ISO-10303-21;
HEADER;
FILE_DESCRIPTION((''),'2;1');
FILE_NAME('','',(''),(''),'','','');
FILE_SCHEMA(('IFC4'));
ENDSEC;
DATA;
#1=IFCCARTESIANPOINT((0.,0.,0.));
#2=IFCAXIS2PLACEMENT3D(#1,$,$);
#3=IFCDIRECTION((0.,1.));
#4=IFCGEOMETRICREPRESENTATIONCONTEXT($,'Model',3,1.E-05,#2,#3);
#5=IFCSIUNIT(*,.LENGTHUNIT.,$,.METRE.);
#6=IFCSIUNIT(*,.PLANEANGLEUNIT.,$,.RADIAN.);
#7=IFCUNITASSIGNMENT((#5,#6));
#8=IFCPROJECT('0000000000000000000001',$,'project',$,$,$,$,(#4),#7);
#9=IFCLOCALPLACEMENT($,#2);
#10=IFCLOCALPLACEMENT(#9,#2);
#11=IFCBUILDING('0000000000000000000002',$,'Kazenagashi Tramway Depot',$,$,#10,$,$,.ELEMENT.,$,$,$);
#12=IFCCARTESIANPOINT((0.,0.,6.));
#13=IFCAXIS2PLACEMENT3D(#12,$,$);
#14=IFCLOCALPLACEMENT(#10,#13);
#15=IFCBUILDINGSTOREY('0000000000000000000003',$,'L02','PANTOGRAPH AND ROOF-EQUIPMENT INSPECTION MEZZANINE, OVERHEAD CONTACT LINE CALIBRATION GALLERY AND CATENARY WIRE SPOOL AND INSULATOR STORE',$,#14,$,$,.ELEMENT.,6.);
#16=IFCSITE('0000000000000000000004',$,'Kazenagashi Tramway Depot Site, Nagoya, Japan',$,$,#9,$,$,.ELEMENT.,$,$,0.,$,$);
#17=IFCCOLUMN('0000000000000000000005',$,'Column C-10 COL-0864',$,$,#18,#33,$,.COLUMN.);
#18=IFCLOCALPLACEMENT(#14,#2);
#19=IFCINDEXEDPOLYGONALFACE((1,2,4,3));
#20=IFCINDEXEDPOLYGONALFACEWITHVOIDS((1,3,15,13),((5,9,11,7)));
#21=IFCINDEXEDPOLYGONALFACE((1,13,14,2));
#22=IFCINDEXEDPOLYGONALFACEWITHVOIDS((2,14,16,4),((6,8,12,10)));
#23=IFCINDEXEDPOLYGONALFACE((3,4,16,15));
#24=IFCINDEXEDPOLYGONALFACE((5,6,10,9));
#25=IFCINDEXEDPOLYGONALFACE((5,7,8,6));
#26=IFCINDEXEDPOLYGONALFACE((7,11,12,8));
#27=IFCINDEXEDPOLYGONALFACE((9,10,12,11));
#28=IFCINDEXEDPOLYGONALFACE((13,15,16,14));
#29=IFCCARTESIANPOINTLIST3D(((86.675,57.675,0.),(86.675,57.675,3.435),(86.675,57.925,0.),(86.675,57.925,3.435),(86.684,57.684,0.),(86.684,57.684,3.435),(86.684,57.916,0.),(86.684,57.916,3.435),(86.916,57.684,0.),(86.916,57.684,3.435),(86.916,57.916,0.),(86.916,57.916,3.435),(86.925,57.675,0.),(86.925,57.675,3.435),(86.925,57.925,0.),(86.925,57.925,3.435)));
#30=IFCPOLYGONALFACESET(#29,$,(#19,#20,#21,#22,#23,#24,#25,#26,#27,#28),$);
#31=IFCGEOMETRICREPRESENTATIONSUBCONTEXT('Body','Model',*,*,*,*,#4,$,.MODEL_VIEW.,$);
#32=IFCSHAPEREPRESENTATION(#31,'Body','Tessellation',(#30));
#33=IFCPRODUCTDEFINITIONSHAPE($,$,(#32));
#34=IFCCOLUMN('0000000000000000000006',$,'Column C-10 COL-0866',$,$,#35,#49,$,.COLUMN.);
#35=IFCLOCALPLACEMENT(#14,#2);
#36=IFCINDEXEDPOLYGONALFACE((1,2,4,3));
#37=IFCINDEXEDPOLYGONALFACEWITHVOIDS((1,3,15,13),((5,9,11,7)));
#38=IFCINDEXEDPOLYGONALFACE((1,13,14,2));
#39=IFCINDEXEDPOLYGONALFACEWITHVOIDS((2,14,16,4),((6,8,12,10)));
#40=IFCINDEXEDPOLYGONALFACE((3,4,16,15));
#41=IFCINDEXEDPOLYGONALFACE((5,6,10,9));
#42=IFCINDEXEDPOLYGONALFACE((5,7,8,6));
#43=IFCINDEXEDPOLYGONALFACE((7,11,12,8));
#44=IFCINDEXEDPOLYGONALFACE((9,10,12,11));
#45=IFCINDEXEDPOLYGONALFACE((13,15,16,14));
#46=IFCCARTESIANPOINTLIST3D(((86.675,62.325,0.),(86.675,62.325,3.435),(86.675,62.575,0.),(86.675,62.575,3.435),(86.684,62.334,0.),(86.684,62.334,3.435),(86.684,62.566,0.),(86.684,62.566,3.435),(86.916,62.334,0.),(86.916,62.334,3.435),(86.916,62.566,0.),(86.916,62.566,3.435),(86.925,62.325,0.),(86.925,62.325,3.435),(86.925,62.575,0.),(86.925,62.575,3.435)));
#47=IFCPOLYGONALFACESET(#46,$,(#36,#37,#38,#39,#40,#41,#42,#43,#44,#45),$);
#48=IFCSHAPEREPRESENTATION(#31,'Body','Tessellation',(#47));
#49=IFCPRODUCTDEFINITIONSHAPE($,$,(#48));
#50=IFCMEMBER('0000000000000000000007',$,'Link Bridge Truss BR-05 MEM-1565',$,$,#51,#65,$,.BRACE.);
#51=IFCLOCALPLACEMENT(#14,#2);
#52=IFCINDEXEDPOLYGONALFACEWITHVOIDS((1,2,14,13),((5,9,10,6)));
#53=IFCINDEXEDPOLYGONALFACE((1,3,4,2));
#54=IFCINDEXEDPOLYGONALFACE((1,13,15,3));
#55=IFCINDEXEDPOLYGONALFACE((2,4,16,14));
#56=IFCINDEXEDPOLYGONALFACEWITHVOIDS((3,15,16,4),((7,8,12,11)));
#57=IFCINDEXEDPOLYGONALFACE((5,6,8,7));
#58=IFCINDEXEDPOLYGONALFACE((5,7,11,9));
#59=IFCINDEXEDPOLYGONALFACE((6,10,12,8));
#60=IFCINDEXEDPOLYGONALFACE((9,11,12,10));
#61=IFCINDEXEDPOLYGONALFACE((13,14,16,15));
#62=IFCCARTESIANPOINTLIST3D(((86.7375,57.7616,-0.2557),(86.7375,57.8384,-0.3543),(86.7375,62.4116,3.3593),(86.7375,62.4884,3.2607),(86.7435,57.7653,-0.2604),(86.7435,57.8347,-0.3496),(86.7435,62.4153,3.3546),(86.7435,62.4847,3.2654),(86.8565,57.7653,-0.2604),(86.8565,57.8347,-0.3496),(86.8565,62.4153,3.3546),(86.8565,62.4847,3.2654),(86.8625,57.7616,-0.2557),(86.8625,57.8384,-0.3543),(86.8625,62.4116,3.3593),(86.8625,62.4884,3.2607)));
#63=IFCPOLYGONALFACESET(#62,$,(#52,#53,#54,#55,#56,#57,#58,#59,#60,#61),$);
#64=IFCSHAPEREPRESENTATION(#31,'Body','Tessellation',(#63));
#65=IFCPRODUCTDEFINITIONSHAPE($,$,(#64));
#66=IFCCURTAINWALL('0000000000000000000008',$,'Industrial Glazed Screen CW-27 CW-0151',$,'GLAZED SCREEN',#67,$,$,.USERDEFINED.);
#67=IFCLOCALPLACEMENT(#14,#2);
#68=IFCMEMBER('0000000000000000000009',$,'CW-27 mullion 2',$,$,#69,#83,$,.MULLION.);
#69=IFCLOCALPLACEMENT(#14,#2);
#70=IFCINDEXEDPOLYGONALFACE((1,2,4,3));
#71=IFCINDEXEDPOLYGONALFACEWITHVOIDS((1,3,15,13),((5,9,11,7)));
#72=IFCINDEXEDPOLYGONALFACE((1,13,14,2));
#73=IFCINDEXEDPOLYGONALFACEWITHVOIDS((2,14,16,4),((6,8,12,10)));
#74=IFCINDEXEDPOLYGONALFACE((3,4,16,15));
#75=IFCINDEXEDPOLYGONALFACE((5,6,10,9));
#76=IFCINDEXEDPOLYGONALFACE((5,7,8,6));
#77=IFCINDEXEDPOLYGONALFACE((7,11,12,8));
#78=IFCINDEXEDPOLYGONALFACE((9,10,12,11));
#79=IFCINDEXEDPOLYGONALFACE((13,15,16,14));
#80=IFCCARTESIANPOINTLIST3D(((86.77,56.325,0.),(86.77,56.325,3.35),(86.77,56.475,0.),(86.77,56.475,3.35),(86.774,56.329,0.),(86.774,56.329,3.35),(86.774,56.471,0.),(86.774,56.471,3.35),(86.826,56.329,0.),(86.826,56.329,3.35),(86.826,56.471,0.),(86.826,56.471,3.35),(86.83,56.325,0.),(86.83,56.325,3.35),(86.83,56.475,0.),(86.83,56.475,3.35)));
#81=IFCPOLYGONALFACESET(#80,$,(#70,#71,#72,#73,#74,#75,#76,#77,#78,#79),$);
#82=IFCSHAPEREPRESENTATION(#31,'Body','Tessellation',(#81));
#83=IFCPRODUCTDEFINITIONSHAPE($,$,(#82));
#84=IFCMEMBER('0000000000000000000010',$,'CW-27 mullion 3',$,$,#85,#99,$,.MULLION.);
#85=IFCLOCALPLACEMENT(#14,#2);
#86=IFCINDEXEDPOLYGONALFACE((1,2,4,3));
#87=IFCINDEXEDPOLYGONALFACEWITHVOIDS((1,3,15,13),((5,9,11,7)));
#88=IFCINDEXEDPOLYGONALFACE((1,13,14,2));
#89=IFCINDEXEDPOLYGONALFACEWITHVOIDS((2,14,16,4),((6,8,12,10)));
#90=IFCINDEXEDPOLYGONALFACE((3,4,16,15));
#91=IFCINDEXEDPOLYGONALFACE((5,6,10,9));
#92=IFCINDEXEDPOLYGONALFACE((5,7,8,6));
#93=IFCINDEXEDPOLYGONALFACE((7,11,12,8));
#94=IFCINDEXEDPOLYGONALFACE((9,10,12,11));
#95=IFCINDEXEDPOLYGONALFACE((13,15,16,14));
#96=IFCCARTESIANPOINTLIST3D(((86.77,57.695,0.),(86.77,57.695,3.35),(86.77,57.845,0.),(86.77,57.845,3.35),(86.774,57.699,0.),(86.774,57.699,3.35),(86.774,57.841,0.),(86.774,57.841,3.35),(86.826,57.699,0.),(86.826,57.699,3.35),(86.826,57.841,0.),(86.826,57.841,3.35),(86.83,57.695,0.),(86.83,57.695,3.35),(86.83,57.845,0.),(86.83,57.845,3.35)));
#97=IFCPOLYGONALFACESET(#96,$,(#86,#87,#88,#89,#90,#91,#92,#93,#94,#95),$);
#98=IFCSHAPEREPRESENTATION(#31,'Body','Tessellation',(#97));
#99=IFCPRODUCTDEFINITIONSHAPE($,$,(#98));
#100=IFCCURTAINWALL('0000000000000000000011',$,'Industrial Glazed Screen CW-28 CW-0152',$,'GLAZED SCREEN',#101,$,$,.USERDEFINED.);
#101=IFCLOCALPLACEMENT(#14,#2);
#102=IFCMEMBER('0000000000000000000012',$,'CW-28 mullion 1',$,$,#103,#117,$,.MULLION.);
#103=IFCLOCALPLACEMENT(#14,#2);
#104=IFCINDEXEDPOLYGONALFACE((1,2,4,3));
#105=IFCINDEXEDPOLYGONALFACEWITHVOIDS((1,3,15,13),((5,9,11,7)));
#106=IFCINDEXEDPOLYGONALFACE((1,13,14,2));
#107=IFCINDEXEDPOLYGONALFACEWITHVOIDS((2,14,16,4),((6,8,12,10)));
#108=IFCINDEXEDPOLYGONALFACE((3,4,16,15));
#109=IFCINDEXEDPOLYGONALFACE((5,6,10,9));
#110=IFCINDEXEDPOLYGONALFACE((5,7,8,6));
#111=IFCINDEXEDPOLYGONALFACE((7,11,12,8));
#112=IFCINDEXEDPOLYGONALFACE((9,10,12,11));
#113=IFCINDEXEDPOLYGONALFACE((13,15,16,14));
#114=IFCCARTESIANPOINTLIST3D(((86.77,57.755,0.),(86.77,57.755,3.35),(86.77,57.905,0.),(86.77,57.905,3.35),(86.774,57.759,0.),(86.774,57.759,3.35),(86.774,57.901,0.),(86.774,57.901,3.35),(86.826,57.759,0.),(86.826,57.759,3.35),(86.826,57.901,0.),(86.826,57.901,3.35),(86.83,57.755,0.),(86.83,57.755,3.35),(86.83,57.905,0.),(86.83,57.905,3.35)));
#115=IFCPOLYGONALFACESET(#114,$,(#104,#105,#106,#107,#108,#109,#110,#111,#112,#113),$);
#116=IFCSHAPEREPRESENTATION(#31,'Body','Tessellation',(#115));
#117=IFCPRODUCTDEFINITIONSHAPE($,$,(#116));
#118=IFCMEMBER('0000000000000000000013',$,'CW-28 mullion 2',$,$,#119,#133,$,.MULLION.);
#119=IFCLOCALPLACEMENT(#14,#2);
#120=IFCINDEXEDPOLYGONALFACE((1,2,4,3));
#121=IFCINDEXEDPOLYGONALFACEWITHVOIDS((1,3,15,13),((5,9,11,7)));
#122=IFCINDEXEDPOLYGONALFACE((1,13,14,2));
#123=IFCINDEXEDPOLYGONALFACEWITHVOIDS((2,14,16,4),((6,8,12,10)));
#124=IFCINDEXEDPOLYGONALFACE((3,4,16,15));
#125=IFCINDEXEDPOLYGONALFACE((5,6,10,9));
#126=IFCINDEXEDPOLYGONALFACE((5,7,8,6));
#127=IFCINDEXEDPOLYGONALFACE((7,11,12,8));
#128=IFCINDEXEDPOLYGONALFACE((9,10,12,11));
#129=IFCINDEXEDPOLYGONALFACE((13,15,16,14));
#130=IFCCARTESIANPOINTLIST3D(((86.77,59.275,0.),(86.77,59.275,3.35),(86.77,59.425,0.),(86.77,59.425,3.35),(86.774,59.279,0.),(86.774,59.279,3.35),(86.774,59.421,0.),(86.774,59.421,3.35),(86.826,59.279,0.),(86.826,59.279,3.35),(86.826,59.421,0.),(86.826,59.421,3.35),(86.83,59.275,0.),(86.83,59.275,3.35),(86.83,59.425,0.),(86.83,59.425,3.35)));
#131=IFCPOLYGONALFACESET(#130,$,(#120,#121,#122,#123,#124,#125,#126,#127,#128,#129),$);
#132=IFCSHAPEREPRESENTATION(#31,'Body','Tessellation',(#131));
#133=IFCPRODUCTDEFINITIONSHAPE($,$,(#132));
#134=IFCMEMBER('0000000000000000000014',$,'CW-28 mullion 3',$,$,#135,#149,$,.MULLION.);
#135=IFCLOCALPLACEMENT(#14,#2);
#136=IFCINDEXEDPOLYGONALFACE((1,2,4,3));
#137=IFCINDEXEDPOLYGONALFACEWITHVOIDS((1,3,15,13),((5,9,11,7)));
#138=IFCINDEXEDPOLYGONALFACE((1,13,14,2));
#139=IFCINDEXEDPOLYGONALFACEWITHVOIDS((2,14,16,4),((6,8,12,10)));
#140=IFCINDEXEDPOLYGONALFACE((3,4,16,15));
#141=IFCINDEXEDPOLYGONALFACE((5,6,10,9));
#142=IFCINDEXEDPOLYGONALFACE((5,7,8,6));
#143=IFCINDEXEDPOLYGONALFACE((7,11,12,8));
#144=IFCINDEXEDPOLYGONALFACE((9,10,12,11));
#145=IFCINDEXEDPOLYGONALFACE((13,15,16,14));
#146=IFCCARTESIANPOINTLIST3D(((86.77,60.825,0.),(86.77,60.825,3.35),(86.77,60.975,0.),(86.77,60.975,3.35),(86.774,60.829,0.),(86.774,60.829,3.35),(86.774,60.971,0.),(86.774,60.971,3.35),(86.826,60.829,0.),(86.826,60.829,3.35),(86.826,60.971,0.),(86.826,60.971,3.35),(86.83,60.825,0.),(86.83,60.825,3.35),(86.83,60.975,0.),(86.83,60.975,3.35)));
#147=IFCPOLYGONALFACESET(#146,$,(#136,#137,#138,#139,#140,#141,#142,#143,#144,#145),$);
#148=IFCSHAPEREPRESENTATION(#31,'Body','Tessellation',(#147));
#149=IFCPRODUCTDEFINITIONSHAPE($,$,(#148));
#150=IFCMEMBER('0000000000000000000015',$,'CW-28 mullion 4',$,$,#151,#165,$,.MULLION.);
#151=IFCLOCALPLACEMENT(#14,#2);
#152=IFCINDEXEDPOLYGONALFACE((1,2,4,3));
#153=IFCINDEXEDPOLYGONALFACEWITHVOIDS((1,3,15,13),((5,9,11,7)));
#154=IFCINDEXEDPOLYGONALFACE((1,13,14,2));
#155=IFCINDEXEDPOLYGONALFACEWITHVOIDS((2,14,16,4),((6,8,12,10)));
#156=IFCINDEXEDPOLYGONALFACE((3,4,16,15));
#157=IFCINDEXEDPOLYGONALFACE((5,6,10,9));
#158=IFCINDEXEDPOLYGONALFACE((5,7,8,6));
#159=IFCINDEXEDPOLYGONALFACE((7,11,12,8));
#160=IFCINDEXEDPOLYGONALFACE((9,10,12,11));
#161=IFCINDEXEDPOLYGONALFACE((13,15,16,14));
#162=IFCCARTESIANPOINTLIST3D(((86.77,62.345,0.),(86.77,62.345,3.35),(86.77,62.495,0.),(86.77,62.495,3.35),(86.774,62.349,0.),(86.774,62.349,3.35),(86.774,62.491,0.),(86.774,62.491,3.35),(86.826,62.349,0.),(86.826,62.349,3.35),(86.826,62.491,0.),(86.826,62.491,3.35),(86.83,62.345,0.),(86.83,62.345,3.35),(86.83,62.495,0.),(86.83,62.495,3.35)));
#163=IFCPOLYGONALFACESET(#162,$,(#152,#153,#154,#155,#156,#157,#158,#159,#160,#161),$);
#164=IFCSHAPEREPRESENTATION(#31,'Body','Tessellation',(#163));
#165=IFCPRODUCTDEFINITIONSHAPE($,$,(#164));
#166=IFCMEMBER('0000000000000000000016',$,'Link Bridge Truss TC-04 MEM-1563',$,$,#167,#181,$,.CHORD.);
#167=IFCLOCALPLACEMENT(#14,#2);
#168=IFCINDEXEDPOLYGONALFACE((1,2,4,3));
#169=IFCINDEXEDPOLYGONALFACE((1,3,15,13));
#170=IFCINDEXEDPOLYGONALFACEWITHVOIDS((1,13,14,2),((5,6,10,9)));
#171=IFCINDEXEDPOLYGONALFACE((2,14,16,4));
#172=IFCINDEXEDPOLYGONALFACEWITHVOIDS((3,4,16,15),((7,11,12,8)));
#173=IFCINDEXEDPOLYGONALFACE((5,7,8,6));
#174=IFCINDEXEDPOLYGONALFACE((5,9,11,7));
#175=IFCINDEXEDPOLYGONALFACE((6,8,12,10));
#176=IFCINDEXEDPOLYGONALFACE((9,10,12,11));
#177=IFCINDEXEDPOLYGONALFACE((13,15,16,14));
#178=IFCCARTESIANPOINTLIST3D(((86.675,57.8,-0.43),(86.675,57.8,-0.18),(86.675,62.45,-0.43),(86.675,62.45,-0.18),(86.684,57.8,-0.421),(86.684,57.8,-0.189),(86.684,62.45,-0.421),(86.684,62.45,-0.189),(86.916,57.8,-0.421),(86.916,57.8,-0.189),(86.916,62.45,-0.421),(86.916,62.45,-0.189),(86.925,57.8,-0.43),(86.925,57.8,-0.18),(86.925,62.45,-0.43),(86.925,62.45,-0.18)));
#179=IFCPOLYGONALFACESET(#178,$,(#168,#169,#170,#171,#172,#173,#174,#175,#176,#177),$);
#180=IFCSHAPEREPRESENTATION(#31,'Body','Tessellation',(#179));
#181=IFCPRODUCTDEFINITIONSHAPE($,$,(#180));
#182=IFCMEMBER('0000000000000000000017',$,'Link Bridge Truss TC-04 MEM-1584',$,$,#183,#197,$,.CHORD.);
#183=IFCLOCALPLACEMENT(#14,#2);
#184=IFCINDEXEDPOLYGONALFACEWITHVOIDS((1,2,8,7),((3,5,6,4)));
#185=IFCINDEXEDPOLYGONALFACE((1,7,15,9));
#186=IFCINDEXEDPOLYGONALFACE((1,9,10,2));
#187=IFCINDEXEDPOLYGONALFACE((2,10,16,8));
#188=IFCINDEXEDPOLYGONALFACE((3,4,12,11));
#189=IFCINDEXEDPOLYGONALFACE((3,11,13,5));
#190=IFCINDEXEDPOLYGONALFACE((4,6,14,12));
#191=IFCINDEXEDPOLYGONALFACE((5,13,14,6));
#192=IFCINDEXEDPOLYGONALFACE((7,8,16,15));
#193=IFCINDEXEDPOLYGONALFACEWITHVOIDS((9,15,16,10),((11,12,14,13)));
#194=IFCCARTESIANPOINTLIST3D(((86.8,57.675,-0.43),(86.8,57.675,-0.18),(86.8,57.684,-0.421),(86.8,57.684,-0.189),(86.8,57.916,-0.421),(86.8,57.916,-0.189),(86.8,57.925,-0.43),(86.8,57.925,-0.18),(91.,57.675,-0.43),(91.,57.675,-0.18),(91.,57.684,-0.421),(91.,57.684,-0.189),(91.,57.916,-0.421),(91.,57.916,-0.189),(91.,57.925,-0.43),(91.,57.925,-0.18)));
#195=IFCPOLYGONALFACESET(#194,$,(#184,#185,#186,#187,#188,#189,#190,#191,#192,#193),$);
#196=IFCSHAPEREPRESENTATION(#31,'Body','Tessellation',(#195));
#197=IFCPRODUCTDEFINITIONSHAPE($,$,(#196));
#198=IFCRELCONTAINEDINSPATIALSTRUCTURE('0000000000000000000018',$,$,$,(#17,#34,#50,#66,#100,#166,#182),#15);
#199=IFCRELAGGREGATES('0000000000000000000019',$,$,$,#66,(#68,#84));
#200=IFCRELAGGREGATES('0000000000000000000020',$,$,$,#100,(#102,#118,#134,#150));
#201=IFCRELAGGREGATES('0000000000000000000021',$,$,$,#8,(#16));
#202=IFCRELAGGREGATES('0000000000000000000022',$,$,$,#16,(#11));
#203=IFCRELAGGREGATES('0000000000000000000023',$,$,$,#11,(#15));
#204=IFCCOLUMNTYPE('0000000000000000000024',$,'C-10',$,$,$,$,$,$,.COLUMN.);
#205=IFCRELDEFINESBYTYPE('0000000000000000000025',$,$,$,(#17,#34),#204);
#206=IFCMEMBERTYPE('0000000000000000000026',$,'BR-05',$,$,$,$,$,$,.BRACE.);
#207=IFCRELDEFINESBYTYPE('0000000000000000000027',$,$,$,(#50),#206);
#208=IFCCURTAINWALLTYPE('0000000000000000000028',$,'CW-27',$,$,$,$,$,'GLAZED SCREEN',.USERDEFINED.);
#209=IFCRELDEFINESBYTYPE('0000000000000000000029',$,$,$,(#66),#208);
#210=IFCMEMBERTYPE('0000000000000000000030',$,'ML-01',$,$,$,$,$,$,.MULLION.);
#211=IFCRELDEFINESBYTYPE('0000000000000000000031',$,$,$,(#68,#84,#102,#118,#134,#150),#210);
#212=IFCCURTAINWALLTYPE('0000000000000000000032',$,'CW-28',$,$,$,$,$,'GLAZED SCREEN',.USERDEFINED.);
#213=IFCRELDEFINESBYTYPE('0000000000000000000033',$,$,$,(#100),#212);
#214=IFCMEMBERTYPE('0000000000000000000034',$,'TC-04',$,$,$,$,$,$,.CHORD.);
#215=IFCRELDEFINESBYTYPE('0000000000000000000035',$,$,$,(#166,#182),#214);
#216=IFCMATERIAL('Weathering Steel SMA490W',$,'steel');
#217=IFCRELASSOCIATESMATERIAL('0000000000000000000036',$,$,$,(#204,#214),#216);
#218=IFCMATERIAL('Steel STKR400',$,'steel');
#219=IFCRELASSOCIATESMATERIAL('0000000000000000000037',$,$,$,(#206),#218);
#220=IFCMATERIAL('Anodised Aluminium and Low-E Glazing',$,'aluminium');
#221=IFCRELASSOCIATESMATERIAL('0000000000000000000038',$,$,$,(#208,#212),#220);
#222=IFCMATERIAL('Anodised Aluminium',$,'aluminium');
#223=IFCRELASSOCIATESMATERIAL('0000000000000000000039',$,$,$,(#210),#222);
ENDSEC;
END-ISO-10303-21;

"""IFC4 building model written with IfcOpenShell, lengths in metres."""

from ifc_helpers import new_model, si_unit, direction, frame, origin, origin_2d, place, context, subcontext, project, spatial, hollow_rectangle, extrude, material, material_profile, profile_set, type_object, element, aggregate, save


model = new_model("IFC4")

# Units and contexts
model_context = context("Model", 3, precision=1e-05, world=origin(), true_north=direction((0.0, 1.0)))
body_context = subcontext(model_context, "Body", "Model", "MODEL_VIEW")
ifc_project = project(units=[si_unit("LENGTHUNIT", "METRE"), si_unit("PLANEANGLEUNIT", "RADIAN")], contexts=[model_context])

# Site, building, storey
site_placement = place(None, origin())
site = spatial("IfcSite", under=ifc_project, at=site_placement, Name="Kazenagashi Tramway Depot Site, Nagoya, Japan", CompositionType="ELEMENT", RefElevation=0.0)
building_placement = place(site_placement, origin())
building = spatial("IfcBuilding", under=site, at=building_placement, Name="Kazenagashi Tramway Depot", CompositionType="ELEMENT")
storey_placement = place(building_placement, frame((0.0, 0.0, 6.0)))
storey = spatial("IfcBuildingStorey", under=building, at=storey_placement, Name="L02", Description="PANTOGRAPH AND ROOF-EQUIPMENT INSPECTION MEZZANINE, OVERHEAD CONTACT LINE CALIBRATION GALLERY AND CATENARY WIRE SPOOL AND INSULATOR STORE", CompositionType="ELEMENT", Elevation=6.0)

# Columns
ifc_material_1 = material(Name="Weathering Steel SMA490W", Category="steel")
ifc_material_profile_1 = material_profile(ifc_material_1, hollow_rectangle(XDim=0.25, YDim=0.25, WallThickness=0.009, at=origin_2d()), Name="SHS-250x250x9")
ifc_profile_set_1 = profile_set([ifc_material_profile_1], Name="Weathering Steel SMA490W")
column_type = type_object("IfcColumnType", Name="C-10", PredefinedType="COLUMN", material=ifc_profile_set_1)
for number, where, z_axis, x_axis, name in (
    (1, (86.8, 57.8, 0.0), (0.0, 0.0, 1.0), (1.0, 0.0, 0.0), "Column C-10 COL-0864"),
    (2, (86.8, 62.45, 0.0), (0.0, 0.0, 1.0), (1.0, 0.0, 0.0), "Column C-10 COL-0866"),
):
    element("IfcColumn", number, at=place(storey_placement, frame(where, z_axis=z_axis, x_axis=x_axis)), inside=storey, type_object=column_type, Name=name, PredefinedType="COLUMN", context=body_context, shape_type="SweptSolid", body=[
        extrude(hollow_rectangle(XDim=0.25, YDim=0.25, WallThickness=0.009, at=origin_2d()), origin(), (0.0, 0.0, 1.0), 3.435),
    ])

# Member
ifc_material_2 = material(Name="Steel STKR400", Category="steel")
ifc_material_profile_2 = material_profile(ifc_material_2, hollow_rectangle(XDim=0.125, YDim=0.125, WallThickness=0.006, at=origin_2d()), Name="SHS-125x125x6")
ifc_profile_set_2 = profile_set([ifc_material_profile_2], Name="Steel STKR400")
member_type_1 = type_object("IfcMemberType", Name="BR-05", PredefinedType="BRACE", material=ifc_profile_set_2)
member_1_placement = place(storey_placement, frame((86.8, 57.8, -0.305), z_axis=(0.0, 0.789489, 0.613764), x_axis=(-1.0, 0.0, 0.0)))
element("IfcMember", 3, at=member_1_placement, inside=storey, type_object=member_type_1, Name="Link Bridge Truss BR-05 MEM-1565", PredefinedType="BRACE", context=body_context, shape_type="SweptSolid", body=[
    extrude(hollow_rectangle(XDim=0.125, YDim=0.125, WallThickness=0.006, at=origin_2d()), origin(), (0.0, 0.0, 1.0), 5.8899),
])

# Curtain walls, members
ifc_material_3 = material(Name="Anodised Aluminium and Low-E Glazing", Category="aluminium")
curtain_wall_type_1 = type_object("IfcCurtainWallType", Name="CW-27", ElementType="GLAZED SCREEN", PredefinedType="USERDEFINED", material=ifc_material_3)
curtain_wall_1_placement = place(storey_placement, origin())
curtain_wall_1 = element("IfcCurtainWall", 4, at=curtain_wall_1_placement, inside=storey, type_object=curtain_wall_type_1, Name="Industrial Glazed Screen CW-27 CW-0151", ObjectType="GLAZED SCREEN", PredefinedType="USERDEFINED")
ifc_material_4 = material(Name="Anodised Aluminium", Category="aluminium")
ifc_material_profile_3 = material_profile(ifc_material_4, hollow_rectangle(XDim=0.06, YDim=0.15, WallThickness=0.004, at=origin_2d()), Name="RHS-150x60x4")
ifc_profile_set_3 = profile_set([ifc_material_profile_3], Name="Anodised Aluminium")
member_type_2 = type_object("IfcMemberType", Name="ML-01", PredefinedType="MULLION", material=ifc_profile_set_3)
member_2_placement = place(storey_placement, frame((86.8, 56.4, 0.0), z_axis=(0.0, 0.0, 1.0), x_axis=(-1.0, 0.0, 0.0)))
member_2 = element("IfcMember", 5, at=member_2_placement, type_object=member_type_2, Name="CW-27 mullion 2", PredefinedType="MULLION", context=body_context, shape_type="SweptSolid", body=[
    extrude(hollow_rectangle(XDim=0.06, YDim=0.15, WallThickness=0.004, at=origin_2d()), origin(), (0.0, 0.0, 1.0), 3.35),
])
member_3_placement = place(storey_placement, frame((86.8, 57.77, 0.0), z_axis=(0.0, 0.0, 1.0), x_axis=(-1.0, 0.0, 0.0)))
member_3 = element("IfcMember", 6, at=member_3_placement, type_object=member_type_2, Name="CW-27 mullion 3", PredefinedType="MULLION", context=body_context, shape_type="SweptSolid", body=[
    extrude(hollow_rectangle(XDim=0.06, YDim=0.15, WallThickness=0.004, at=origin_2d()), origin(), (0.0, 0.0, 1.0), 3.35),
])
curtain_wall_type_2 = type_object("IfcCurtainWallType", Name="CW-28", ElementType="GLAZED SCREEN", PredefinedType="USERDEFINED", material=ifc_material_3)
curtain_wall_2_placement = place(storey_placement, origin())
curtain_wall_2 = element("IfcCurtainWall", 7, at=curtain_wall_2_placement, inside=storey, type_object=curtain_wall_type_2, Name="Industrial Glazed Screen CW-28 CW-0152", ObjectType="GLAZED SCREEN", PredefinedType="USERDEFINED")
member_4_placement = place(storey_placement, frame((86.8, 57.83, 0.0), z_axis=(0.0, 0.0, 1.0), x_axis=(-1.0, 0.0, 0.0)))
member_4 = element("IfcMember", 8, at=member_4_placement, type_object=member_type_2, Name="CW-28 mullion 1", PredefinedType="MULLION", context=body_context, shape_type="SweptSolid", body=[
    extrude(hollow_rectangle(XDim=0.06, YDim=0.15, WallThickness=0.004, at=origin_2d()), origin(), (0.0, 0.0, 1.0), 3.35),
])
member_5_placement = place(storey_placement, frame((86.8, 59.35, 0.0), z_axis=(0.0, 0.0, 1.0), x_axis=(-1.0, 0.0, 0.0)))
member_5 = element("IfcMember", 9, at=member_5_placement, type_object=member_type_2, Name="CW-28 mullion 2", PredefinedType="MULLION", context=body_context, shape_type="SweptSolid", body=[
    extrude(hollow_rectangle(XDim=0.06, YDim=0.15, WallThickness=0.004, at=origin_2d()), origin(), (0.0, 0.0, 1.0), 3.35),
])
member_6_placement = place(storey_placement, frame((86.8, 60.9, 0.0), z_axis=(0.0, 0.0, 1.0), x_axis=(-1.0, 0.0, 0.0)))
member_6 = element("IfcMember", 10, at=member_6_placement, type_object=member_type_2, Name="CW-28 mullion 3", PredefinedType="MULLION", context=body_context, shape_type="SweptSolid", body=[
    extrude(hollow_rectangle(XDim=0.06, YDim=0.15, WallThickness=0.004, at=origin_2d()), origin(), (0.0, 0.0, 1.0), 3.35),
])
member_7_placement = place(storey_placement, frame((86.8, 62.42, 0.0), z_axis=(0.0, 0.0, 1.0), x_axis=(-1.0, 0.0, 0.0)))
member_7 = element("IfcMember", 11, at=member_7_placement, type_object=member_type_2, Name="CW-28 mullion 4", PredefinedType="MULLION", context=body_context, shape_type="SweptSolid", body=[
    extrude(hollow_rectangle(XDim=0.06, YDim=0.15, WallThickness=0.004, at=origin_2d()), origin(), (0.0, 0.0, 1.0), 3.35),
])

# Members
ifc_material_profile_4 = material_profile(ifc_material_1, hollow_rectangle(XDim=0.25, YDim=0.25, WallThickness=0.009, at=origin_2d()), Name="SHS-250x250x9")
ifc_profile_set_4 = profile_set([ifc_material_profile_4], Name="Weathering Steel SMA490W")
member_type_3 = type_object("IfcMemberType", Name="TC-04", PredefinedType="CHORD", material=ifc_profile_set_4)
member_8_placement = place(storey_placement, frame((86.8, 57.8, -0.305), z_axis=(0.0, 1.0, 0.0), x_axis=(-1.0, 0.0, 0.0)))
element("IfcMember", 12, at=member_8_placement, inside=storey, type_object=member_type_3, Name="Link Bridge Truss TC-04 MEM-1563", PredefinedType="CHORD", context=body_context, shape_type="SweptSolid", body=[
    extrude(hollow_rectangle(XDim=0.25, YDim=0.25, WallThickness=0.009, at=origin_2d()), origin(), (0.0, 0.0, 1.0), 4.65),
])
member_9_placement = place(storey_placement, frame((86.8, 57.8, -0.305), z_axis=(1.0, 0.0, 0.0), x_axis=(0.0, 1.0, 0.0)))
element("IfcMember", 13, at=member_9_placement, inside=storey, type_object=member_type_3, Name="Link Bridge Truss TC-04 MEM-1584", PredefinedType="CHORD", context=body_context, shape_type="SweptSolid", body=[
    extrude(hollow_rectangle(XDim=0.25, YDim=0.25, WallThickness=0.009, at=origin_2d()), origin(), (0.0, 0.0, 1.0), 4.2),
])

aggregate(curtain_wall_1, [member_2, member_3])
aggregate(curtain_wall_2, [member_4, member_5, member_6, member_7])

save(model, "model.ifc")
